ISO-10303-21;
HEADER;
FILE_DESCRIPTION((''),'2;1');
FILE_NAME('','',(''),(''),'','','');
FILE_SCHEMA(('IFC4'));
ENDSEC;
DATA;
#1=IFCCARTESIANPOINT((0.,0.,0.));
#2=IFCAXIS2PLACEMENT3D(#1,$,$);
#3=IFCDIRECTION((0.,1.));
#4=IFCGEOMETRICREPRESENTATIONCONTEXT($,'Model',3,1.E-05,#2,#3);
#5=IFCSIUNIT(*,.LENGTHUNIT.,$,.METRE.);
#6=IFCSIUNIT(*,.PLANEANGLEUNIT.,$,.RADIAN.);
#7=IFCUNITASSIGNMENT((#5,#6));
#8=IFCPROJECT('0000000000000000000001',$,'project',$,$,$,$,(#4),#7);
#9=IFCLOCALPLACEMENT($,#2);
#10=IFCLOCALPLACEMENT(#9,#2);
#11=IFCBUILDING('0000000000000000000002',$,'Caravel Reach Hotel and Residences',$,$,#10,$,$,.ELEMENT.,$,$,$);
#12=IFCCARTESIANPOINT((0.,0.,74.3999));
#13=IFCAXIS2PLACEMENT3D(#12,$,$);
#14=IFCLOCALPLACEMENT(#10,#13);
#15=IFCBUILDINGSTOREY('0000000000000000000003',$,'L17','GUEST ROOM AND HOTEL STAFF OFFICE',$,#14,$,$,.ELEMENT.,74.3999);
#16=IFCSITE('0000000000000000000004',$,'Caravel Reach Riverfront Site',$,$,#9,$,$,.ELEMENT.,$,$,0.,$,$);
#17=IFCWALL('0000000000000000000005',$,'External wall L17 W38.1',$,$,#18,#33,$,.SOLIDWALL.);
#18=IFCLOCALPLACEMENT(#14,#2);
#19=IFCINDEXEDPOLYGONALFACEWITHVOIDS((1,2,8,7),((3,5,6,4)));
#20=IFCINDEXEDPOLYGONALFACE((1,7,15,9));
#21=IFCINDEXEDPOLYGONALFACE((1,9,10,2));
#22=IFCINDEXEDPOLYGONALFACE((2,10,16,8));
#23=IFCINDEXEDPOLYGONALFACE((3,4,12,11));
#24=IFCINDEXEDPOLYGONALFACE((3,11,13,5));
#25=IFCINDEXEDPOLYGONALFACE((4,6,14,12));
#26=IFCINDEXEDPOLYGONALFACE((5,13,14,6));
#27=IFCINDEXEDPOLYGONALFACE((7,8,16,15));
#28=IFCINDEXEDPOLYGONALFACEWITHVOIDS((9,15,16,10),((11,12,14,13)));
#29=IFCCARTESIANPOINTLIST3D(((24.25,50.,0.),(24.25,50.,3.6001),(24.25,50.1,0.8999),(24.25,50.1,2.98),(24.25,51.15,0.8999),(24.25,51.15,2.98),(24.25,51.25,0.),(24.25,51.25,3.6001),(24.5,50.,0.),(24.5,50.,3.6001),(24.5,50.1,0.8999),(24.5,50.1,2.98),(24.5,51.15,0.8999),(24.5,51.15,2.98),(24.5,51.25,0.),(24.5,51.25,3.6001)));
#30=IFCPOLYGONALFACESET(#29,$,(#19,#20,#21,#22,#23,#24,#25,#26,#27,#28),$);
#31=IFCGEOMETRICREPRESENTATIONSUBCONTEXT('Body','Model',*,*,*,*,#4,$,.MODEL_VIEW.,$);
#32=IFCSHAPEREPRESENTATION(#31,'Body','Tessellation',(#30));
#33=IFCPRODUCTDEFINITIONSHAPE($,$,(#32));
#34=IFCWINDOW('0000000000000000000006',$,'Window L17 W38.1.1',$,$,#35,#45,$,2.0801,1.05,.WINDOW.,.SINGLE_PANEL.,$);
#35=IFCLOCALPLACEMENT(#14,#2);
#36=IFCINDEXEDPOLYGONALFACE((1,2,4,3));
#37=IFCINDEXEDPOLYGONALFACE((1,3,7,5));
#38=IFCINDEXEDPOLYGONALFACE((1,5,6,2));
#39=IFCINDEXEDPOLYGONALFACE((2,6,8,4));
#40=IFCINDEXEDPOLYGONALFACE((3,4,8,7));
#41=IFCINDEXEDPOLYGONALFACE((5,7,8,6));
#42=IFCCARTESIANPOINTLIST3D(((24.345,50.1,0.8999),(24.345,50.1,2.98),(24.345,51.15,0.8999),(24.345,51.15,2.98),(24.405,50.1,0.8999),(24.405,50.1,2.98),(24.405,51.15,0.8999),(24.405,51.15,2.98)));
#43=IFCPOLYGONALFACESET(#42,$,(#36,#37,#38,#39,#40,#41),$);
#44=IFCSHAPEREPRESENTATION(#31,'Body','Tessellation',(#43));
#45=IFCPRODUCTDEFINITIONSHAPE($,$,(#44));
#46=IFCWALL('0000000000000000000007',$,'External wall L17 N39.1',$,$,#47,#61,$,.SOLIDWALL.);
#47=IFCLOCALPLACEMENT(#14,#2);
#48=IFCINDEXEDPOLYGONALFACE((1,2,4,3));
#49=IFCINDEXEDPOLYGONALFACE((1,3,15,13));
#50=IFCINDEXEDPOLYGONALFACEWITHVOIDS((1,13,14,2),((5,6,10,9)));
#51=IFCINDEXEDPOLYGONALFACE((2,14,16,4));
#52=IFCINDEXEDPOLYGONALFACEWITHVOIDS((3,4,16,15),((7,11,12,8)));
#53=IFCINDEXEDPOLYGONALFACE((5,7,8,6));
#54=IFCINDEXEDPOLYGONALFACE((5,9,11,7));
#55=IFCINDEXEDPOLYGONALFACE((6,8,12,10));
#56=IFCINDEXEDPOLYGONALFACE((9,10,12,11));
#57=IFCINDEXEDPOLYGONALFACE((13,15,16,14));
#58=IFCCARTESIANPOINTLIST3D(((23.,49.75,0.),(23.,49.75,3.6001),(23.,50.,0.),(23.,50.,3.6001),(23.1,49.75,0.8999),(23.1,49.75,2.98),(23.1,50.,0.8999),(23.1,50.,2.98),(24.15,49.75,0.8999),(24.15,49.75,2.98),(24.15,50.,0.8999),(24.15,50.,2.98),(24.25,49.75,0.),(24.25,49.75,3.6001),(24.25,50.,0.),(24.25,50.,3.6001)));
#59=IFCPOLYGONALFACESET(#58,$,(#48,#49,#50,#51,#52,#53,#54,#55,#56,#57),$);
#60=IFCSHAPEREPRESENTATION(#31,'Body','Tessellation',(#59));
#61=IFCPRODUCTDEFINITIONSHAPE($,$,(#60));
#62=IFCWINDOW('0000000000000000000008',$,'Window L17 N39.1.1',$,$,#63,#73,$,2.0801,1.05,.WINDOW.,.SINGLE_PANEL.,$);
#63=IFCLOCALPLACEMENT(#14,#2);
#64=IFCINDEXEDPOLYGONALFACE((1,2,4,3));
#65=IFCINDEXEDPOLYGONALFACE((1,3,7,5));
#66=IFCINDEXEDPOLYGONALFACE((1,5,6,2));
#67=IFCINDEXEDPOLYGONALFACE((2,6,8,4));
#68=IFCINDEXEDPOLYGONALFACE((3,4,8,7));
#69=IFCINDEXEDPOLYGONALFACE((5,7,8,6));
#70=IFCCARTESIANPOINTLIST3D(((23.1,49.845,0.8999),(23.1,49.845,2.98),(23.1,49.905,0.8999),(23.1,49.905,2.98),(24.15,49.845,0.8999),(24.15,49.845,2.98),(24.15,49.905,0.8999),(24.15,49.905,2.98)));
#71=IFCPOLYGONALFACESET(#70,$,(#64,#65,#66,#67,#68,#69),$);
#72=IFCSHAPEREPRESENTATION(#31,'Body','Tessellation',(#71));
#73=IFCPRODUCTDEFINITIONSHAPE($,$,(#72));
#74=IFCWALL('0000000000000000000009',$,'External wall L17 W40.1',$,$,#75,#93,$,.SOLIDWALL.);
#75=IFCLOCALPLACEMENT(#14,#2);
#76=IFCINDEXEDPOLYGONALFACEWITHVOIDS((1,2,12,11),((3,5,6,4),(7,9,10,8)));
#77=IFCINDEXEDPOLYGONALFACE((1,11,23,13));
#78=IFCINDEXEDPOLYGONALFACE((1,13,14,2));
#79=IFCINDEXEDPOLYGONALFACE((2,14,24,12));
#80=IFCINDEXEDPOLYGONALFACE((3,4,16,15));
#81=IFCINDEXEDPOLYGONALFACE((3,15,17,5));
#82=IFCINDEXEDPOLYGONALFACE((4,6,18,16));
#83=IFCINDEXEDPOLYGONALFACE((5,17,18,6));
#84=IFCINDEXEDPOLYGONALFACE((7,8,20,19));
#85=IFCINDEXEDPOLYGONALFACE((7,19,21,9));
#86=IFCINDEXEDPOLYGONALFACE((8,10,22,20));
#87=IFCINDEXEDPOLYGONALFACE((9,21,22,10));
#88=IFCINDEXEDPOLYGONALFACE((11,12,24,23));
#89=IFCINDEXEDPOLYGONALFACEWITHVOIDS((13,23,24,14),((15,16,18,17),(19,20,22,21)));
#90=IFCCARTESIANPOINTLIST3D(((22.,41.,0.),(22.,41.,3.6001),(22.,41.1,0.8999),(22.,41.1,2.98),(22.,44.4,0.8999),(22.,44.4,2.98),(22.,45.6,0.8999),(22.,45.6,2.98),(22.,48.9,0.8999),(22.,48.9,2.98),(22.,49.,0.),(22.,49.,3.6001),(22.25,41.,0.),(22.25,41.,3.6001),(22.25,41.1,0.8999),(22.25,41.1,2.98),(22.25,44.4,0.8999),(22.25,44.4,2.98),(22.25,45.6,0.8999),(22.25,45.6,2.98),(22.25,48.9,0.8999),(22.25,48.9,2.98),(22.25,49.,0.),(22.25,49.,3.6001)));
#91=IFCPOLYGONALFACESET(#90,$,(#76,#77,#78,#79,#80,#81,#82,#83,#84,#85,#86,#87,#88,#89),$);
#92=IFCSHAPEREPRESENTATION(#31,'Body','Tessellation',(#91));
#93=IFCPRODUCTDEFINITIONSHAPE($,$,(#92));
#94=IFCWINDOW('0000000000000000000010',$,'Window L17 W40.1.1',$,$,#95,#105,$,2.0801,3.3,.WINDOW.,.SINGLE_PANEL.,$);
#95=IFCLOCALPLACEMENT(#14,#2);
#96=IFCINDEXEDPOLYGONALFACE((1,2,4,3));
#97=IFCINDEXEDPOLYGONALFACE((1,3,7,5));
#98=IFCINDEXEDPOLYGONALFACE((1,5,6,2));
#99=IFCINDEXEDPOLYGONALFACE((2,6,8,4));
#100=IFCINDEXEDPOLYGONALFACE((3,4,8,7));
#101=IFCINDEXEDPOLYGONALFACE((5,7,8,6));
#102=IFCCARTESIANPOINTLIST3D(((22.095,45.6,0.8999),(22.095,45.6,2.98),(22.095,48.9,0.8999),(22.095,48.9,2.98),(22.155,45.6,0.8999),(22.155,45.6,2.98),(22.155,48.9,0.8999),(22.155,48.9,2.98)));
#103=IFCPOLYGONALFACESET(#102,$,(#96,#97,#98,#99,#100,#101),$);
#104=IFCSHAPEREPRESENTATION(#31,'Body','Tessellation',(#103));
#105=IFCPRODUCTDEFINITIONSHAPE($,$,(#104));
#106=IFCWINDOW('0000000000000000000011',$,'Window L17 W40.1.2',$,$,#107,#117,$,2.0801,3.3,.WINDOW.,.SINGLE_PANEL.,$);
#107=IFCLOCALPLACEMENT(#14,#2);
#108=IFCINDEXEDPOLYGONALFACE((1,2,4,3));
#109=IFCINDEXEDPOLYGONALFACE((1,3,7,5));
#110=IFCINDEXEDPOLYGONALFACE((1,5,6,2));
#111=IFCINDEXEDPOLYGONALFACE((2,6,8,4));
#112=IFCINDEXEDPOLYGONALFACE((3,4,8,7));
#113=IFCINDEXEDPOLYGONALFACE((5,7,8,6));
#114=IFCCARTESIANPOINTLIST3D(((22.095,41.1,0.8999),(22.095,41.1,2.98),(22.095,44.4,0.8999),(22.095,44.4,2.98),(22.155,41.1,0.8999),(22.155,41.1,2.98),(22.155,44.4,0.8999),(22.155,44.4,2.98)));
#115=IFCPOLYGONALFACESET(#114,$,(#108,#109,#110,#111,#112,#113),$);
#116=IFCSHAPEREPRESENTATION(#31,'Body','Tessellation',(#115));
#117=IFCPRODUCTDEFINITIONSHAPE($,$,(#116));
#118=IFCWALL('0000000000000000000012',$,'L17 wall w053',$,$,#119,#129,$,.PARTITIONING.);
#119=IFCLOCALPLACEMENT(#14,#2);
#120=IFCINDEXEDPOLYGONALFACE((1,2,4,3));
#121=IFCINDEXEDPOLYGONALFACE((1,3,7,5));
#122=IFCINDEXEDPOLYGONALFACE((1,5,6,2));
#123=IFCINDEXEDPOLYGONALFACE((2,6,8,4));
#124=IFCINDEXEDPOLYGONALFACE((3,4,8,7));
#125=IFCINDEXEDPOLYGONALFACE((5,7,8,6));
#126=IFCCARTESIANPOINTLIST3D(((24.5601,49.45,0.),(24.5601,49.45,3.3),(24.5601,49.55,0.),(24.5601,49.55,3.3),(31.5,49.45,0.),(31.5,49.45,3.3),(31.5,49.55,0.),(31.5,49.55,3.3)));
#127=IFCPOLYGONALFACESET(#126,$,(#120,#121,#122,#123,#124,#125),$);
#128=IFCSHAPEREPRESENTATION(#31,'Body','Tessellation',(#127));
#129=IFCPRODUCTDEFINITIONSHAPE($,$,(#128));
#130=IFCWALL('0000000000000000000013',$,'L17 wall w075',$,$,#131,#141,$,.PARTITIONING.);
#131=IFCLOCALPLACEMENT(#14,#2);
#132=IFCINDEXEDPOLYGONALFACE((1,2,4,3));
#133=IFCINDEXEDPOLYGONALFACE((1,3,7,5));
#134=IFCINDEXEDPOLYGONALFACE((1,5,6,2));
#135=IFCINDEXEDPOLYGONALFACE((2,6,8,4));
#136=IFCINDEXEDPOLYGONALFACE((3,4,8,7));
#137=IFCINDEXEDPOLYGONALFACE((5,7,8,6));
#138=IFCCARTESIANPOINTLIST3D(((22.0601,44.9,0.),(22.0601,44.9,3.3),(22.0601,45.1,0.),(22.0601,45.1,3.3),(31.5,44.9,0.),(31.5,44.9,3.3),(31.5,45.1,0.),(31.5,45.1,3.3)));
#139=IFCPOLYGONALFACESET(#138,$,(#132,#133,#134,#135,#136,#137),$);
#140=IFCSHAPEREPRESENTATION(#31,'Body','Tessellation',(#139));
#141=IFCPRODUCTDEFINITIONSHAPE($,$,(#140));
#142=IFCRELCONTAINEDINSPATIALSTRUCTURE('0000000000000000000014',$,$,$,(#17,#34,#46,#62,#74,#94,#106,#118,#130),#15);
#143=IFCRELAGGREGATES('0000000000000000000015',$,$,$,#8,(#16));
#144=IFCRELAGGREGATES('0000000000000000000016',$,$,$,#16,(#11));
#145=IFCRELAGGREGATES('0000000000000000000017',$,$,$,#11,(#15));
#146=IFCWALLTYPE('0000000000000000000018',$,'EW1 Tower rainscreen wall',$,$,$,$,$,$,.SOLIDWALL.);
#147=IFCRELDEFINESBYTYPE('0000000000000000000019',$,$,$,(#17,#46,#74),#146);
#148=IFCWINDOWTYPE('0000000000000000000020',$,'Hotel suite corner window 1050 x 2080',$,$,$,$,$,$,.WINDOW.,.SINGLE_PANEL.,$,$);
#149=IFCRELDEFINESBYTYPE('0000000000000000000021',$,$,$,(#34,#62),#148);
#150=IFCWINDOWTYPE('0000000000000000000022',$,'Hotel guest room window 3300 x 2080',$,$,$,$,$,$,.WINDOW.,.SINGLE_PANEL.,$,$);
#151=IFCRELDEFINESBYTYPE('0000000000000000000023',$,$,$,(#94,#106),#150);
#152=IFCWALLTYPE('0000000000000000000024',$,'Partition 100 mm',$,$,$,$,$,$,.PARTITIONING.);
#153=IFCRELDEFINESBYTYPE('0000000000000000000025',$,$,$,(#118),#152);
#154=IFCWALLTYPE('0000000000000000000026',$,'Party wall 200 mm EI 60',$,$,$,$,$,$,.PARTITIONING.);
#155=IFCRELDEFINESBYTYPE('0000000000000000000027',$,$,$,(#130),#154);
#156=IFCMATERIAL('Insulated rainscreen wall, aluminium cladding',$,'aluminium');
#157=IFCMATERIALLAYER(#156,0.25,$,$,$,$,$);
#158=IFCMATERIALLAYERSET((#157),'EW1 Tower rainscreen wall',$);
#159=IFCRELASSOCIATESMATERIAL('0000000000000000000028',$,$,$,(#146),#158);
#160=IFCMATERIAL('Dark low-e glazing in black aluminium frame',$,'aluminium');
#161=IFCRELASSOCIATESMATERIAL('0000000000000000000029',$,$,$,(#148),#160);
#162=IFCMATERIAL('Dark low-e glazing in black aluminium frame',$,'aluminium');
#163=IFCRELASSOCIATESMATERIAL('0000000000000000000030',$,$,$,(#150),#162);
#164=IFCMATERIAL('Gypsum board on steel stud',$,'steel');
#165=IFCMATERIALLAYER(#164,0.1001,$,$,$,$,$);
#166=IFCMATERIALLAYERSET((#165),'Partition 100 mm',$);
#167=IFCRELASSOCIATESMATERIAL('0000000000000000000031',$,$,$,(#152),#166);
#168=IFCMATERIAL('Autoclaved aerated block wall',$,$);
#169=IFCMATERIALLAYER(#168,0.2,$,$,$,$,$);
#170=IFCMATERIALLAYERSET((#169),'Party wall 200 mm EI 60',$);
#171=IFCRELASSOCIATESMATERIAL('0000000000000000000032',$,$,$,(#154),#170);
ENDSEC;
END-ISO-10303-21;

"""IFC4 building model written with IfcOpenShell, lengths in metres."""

from ifc_helpers import new_model, si_unit, direction, frame, frame_2d, origin, place, context, subcontext, project, spatial, rectangle, extrude, material, layer, layer_set, type_object, element, fill, save


model = new_model("IFC4")

# Units and contexts
model_context = context("Model", 3, precision=1e-05, world=origin(), true_north=direction((0.0, 1.0)))
body_context = subcontext(model_context, "Body", "Model", "MODEL_VIEW")
ifc_project = project(units=[si_unit("LENGTHUNIT", "METRE"), si_unit("PLANEANGLEUNIT", "RADIAN")], contexts=[model_context])

# Site, building, storey
site_placement = place(None, origin())
site = spatial("IfcSite", under=ifc_project, at=site_placement, Name="Caravel Reach Riverfront Site", CompositionType="ELEMENT", RefElevation=0.0)
building_placement = place(site_placement, origin())
building = spatial("IfcBuilding", under=site, at=building_placement, Name="Caravel Reach Hotel and Residences", CompositionType="ELEMENT")
storey_placement = place(building_placement, frame((0.0, 0.0, 74.3999)))
storey = spatial("IfcBuildingStorey", under=building, at=storey_placement, Name="L17", Description="GUEST ROOM AND HOTEL STAFF OFFICE", CompositionType="ELEMENT", Elevation=74.3999)

# Walls, openings, windows
ifc_material_1 = material(Name="Insulated rainscreen wall, aluminium cladding", Category="aluminium")
ifc_layer_1 = layer(ifc_material_1, 0.25)
ifc_layer_set_1 = layer_set([ifc_layer_1], Name="EW1 Tower rainscreen wall")
wall_type_1 = type_object("IfcWallType", Name="EW1 Tower rainscreen wall", PredefinedType="SOLIDWALL", material=ifc_layer_set_1)
wall_1_placement = place(storey_placement, frame((24.375, 51.25, 0.0), z_axis=(0.0, 0.0, 1.0), x_axis=(0.0, -1.0, 0.0)))
wall_1 = element("IfcWall", 1, at=wall_1_placement, inside=storey, type_object=wall_type_1, Name="External wall L17 W38.1", PredefinedType="SOLIDWALL", context=body_context, shape_type="SweptSolid", body=[
    extrude(rectangle(XDim=1.25, YDim=0.25, at=frame_2d((0.625, 0.0))), origin(), (0.0, 0.0, 1.0), 3.6001),
])
opening_1_placement = place(wall_1_placement, frame((0.1001, 0.0, 0.8999)))
opening_1 = element("IfcOpeningElement", 2, at=opening_1_placement, cuts=wall_1, PredefinedType="OPENING", context=body_context, shape_type="SweptSolid", body=[
    extrude(rectangle(XDim=1.05, YDim=2.0801, at=frame_2d((0.5249, 1.04))), frame((0.0, 0.135, 0.0), z_axis=(0.0, -1.0, 0.0), x_axis=(1.0, 0.0, 0.0)), (0.0, 0.0, 1.0), 0.27),
])
ifc_material_2 = material(Name="Dark low-e glazing in black aluminium frame", Category="aluminium")
window_type_1 = type_object("IfcWindowType", Name="Hotel suite corner window 1050 x 2080", PartitioningType="SINGLE_PANEL", PredefinedType="WINDOW", material=ifc_material_2)
window_1_placement = place(opening_1_placement, origin())
window_1 = element("IfcWindow", 3, at=window_1_placement, inside=storey, type_object=window_type_1, Name="Window L17 W38.1.1", OverallHeight=2.0801, OverallWidth=1.05, PartitioningType="SINGLE_PANEL", PredefinedType="WINDOW", context=body_context, shape_type="SweptSolid", body=[
    extrude(rectangle(XDim=1.05, YDim=2.0801, at=frame_2d((0.5249, 1.04))), frame((0.0, 0.03, 0.0), z_axis=(0.0, -1.0, 0.0), x_axis=(1.0, 0.0, 0.0)), (0.0, 0.0, 1.0), 0.0601),
])
fill(opening_1, window_1)
wall_2_placement = place(storey_placement, frame((24.25, 49.875, 0.0), z_axis=(0.0, 0.0, 1.0), x_axis=(-1.0, 0.0, 0.0)))
wall_2 = element("IfcWall", 4, at=wall_2_placement, inside=storey, type_object=wall_type_1, Name="External wall L17 N39.1", PredefinedType="SOLIDWALL", context=body_context, shape_type="SweptSolid", body=[
    extrude(rectangle(XDim=1.25, YDim=0.25, at=frame_2d((0.625, 0.0))), origin(), (0.0, 0.0, 1.0), 3.6001),
])
opening_2_placement = place(wall_2_placement, frame((0.1001, 0.0, 0.8999)))
opening_2 = element("IfcOpeningElement", 5, at=opening_2_placement, cuts=wall_2, PredefinedType="OPENING", context=body_context, shape_type="SweptSolid", body=[
    extrude(rectangle(XDim=1.05, YDim=2.0801, at=frame_2d((0.5249, 1.04))), frame((0.0, 0.135, 0.0), z_axis=(0.0, -1.0, 0.0), x_axis=(1.0, 0.0, 0.0)), (0.0, 0.0, 1.0), 0.27),
])
window_2_placement = place(opening_2_placement, origin())
window_2 = element("IfcWindow", 6, at=window_2_placement, inside=storey, type_object=window_type_1, Name="Window L17 N39.1.1", OverallHeight=2.0801, OverallWidth=1.05, PartitioningType="SINGLE_PANEL", PredefinedType="WINDOW", context=body_context, shape_type="SweptSolid", body=[
    extrude(rectangle(XDim=1.05, YDim=2.0801, at=frame_2d((0.5249, 1.04))), frame((0.0, 0.03, 0.0), z_axis=(0.0, -1.0, 0.0), x_axis=(1.0, 0.0, 0.0)), (0.0, 0.0, 1.0), 0.0601),
])
fill(opening_2, window_2)

# Wall, openings, windows
wall_3_placement = place(storey_placement, frame((22.125, 49.0, 0.0), z_axis=(0.0, 0.0, 1.0), x_axis=(0.0, -1.0, 0.0)))
wall_3 = element("IfcWall", 7, at=wall_3_placement, inside=storey, type_object=wall_type_1, Name="External wall L17 W40.1", PredefinedType="SOLIDWALL", context=body_context, shape_type="SweptSolid", body=[
    extrude(rectangle(XDim=8.0, YDim=0.25, at=frame_2d((4.0, 0.0))), origin(), (0.0, 0.0, 1.0), 3.6001),
])
opening_3_placement = place(wall_3_placement, frame((0.1001, 0.0, 0.8999)))
opening_3 = element("IfcOpeningElement", 8, at=opening_3_placement, cuts=wall_3, PredefinedType="OPENING", context=body_context, shape_type="SweptSolid", body=[
    extrude(rectangle(XDim=3.3, YDim=2.0801, at=frame_2d((1.6499, 1.04))), frame((0.0, 0.135, 0.0), z_axis=(0.0, -1.0, 0.0), x_axis=(1.0, 0.0, 0.0)), (0.0, 0.0, 1.0), 0.27),
])
opening_4_placement = place(wall_3_placement, frame((4.6001, 0.0, 0.8999)))
opening_4 = element("IfcOpeningElement", 9, at=opening_4_placement, cuts=wall_3, PredefinedType="OPENING", context=body_context, shape_type="SweptSolid", body=[
    extrude(rectangle(XDim=3.3, YDim=2.0801, at=frame_2d((1.6499, 1.04))), frame((0.0, 0.135, 0.0), z_axis=(0.0, -1.0, 0.0), x_axis=(1.0, 0.0, 0.0)), (0.0, 0.0, 1.0), 0.27),
])
ifc_material_3 = material(Name="Dark low-e glazing in black aluminium frame", Category="aluminium")
window_type_2 = type_object("IfcWindowType", Name="Hotel guest room window 3300 x 2080", PartitioningType="SINGLE_PANEL", PredefinedType="WINDOW", material=ifc_material_3)
window_3_placement = place(opening_3_placement, origin())
window_3 = element("IfcWindow", 10, at=window_3_placement, inside=storey, type_object=window_type_2, Name="Window L17 W40.1.1", OverallHeight=2.0801, OverallWidth=3.3, PartitioningType="SINGLE_PANEL", PredefinedType="WINDOW", context=body_context, shape_type="SweptSolid", body=[
    extrude(rectangle(XDim=3.3, YDim=2.0801, at=frame_2d((1.6499, 1.04))), frame((0.0, 0.03, 0.0), z_axis=(0.0, -1.0, 0.0), x_axis=(1.0, 0.0, 0.0)), (0.0, 0.0, 1.0), 0.0601),
])
fill(opening_3, window_3)
window_4_placement = place(opening_4_placement, origin())
window_4 = element("IfcWindow", 11, at=window_4_placement, inside=storey, type_object=window_type_2, Name="Window L17 W40.1.2", OverallHeight=2.0801, OverallWidth=3.3, PartitioningType="SINGLE_PANEL", PredefinedType="WINDOW", context=body_context, shape_type="SweptSolid", body=[
    extrude(rectangle(XDim=3.3, YDim=2.0801, at=frame_2d((1.6499, 1.04))), frame((0.0, 0.03, 0.0), z_axis=(0.0, -1.0, 0.0), x_axis=(1.0, 0.0, 0.0)), (0.0, 0.0, 1.0), 0.0601),
])
fill(opening_4, window_4)

# Walls
ifc_material_4 = material(Name="Gypsum board on steel stud", Category="steel")
ifc_layer_2 = layer(ifc_material_4, 0.1001)
ifc_layer_set_2 = layer_set([ifc_layer_2], Name="Partition 100 mm")
wall_type_2 = type_object("IfcWallType", Name="Partition 100 mm", PredefinedType="PARTITIONING", material=ifc_layer_set_2)
wall_4_placement = place(storey_placement, frame((24.5601, 49.5, 0.0), z_axis=(0.0, 0.0, 1.0), x_axis=(1.0, 0.0, 0.0)))
element("IfcWall", 12, at=wall_4_placement, inside=storey, type_object=wall_type_2, Name="L17 wall w053", PredefinedType="PARTITIONING", context=body_context, shape_type="SweptSolid", body=[
    extrude(rectangle(XDim=6.9399, YDim=0.1001, at=frame_2d((3.47, 0.0))), origin(), (0.0, 0.0, 1.0), 3.3),
])
ifc_material_5 = material(Name="Autoclaved aerated block wall")
ifc_layer_3 = layer(ifc_material_5, 0.2)
ifc_layer_set_3 = layer_set([ifc_layer_3], Name="Party wall 200 mm EI 60")
wall_type_3 = type_object("IfcWallType", Name="Party wall 200 mm EI 60", PredefinedType="PARTITIONING", material=ifc_layer_set_3)
wall_5_placement = place(storey_placement, frame((22.0601, 45.0, 0.0), z_axis=(0.0, 0.0, 1.0), x_axis=(1.0, 0.0, 0.0)))
element("IfcWall", 13, at=wall_5_placement, inside=storey, type_object=wall_type_3, Name="L17 wall w075", PredefinedType="PARTITIONING", context=body_context, shape_type="SweptSolid", body=[
    extrude(rectangle(XDim=9.4399, YDim=0.2, at=frame_2d((4.72, 0.0))), origin(), (0.0, 0.0, 1.0), 3.3),
])

save(model, "model.ifc")
